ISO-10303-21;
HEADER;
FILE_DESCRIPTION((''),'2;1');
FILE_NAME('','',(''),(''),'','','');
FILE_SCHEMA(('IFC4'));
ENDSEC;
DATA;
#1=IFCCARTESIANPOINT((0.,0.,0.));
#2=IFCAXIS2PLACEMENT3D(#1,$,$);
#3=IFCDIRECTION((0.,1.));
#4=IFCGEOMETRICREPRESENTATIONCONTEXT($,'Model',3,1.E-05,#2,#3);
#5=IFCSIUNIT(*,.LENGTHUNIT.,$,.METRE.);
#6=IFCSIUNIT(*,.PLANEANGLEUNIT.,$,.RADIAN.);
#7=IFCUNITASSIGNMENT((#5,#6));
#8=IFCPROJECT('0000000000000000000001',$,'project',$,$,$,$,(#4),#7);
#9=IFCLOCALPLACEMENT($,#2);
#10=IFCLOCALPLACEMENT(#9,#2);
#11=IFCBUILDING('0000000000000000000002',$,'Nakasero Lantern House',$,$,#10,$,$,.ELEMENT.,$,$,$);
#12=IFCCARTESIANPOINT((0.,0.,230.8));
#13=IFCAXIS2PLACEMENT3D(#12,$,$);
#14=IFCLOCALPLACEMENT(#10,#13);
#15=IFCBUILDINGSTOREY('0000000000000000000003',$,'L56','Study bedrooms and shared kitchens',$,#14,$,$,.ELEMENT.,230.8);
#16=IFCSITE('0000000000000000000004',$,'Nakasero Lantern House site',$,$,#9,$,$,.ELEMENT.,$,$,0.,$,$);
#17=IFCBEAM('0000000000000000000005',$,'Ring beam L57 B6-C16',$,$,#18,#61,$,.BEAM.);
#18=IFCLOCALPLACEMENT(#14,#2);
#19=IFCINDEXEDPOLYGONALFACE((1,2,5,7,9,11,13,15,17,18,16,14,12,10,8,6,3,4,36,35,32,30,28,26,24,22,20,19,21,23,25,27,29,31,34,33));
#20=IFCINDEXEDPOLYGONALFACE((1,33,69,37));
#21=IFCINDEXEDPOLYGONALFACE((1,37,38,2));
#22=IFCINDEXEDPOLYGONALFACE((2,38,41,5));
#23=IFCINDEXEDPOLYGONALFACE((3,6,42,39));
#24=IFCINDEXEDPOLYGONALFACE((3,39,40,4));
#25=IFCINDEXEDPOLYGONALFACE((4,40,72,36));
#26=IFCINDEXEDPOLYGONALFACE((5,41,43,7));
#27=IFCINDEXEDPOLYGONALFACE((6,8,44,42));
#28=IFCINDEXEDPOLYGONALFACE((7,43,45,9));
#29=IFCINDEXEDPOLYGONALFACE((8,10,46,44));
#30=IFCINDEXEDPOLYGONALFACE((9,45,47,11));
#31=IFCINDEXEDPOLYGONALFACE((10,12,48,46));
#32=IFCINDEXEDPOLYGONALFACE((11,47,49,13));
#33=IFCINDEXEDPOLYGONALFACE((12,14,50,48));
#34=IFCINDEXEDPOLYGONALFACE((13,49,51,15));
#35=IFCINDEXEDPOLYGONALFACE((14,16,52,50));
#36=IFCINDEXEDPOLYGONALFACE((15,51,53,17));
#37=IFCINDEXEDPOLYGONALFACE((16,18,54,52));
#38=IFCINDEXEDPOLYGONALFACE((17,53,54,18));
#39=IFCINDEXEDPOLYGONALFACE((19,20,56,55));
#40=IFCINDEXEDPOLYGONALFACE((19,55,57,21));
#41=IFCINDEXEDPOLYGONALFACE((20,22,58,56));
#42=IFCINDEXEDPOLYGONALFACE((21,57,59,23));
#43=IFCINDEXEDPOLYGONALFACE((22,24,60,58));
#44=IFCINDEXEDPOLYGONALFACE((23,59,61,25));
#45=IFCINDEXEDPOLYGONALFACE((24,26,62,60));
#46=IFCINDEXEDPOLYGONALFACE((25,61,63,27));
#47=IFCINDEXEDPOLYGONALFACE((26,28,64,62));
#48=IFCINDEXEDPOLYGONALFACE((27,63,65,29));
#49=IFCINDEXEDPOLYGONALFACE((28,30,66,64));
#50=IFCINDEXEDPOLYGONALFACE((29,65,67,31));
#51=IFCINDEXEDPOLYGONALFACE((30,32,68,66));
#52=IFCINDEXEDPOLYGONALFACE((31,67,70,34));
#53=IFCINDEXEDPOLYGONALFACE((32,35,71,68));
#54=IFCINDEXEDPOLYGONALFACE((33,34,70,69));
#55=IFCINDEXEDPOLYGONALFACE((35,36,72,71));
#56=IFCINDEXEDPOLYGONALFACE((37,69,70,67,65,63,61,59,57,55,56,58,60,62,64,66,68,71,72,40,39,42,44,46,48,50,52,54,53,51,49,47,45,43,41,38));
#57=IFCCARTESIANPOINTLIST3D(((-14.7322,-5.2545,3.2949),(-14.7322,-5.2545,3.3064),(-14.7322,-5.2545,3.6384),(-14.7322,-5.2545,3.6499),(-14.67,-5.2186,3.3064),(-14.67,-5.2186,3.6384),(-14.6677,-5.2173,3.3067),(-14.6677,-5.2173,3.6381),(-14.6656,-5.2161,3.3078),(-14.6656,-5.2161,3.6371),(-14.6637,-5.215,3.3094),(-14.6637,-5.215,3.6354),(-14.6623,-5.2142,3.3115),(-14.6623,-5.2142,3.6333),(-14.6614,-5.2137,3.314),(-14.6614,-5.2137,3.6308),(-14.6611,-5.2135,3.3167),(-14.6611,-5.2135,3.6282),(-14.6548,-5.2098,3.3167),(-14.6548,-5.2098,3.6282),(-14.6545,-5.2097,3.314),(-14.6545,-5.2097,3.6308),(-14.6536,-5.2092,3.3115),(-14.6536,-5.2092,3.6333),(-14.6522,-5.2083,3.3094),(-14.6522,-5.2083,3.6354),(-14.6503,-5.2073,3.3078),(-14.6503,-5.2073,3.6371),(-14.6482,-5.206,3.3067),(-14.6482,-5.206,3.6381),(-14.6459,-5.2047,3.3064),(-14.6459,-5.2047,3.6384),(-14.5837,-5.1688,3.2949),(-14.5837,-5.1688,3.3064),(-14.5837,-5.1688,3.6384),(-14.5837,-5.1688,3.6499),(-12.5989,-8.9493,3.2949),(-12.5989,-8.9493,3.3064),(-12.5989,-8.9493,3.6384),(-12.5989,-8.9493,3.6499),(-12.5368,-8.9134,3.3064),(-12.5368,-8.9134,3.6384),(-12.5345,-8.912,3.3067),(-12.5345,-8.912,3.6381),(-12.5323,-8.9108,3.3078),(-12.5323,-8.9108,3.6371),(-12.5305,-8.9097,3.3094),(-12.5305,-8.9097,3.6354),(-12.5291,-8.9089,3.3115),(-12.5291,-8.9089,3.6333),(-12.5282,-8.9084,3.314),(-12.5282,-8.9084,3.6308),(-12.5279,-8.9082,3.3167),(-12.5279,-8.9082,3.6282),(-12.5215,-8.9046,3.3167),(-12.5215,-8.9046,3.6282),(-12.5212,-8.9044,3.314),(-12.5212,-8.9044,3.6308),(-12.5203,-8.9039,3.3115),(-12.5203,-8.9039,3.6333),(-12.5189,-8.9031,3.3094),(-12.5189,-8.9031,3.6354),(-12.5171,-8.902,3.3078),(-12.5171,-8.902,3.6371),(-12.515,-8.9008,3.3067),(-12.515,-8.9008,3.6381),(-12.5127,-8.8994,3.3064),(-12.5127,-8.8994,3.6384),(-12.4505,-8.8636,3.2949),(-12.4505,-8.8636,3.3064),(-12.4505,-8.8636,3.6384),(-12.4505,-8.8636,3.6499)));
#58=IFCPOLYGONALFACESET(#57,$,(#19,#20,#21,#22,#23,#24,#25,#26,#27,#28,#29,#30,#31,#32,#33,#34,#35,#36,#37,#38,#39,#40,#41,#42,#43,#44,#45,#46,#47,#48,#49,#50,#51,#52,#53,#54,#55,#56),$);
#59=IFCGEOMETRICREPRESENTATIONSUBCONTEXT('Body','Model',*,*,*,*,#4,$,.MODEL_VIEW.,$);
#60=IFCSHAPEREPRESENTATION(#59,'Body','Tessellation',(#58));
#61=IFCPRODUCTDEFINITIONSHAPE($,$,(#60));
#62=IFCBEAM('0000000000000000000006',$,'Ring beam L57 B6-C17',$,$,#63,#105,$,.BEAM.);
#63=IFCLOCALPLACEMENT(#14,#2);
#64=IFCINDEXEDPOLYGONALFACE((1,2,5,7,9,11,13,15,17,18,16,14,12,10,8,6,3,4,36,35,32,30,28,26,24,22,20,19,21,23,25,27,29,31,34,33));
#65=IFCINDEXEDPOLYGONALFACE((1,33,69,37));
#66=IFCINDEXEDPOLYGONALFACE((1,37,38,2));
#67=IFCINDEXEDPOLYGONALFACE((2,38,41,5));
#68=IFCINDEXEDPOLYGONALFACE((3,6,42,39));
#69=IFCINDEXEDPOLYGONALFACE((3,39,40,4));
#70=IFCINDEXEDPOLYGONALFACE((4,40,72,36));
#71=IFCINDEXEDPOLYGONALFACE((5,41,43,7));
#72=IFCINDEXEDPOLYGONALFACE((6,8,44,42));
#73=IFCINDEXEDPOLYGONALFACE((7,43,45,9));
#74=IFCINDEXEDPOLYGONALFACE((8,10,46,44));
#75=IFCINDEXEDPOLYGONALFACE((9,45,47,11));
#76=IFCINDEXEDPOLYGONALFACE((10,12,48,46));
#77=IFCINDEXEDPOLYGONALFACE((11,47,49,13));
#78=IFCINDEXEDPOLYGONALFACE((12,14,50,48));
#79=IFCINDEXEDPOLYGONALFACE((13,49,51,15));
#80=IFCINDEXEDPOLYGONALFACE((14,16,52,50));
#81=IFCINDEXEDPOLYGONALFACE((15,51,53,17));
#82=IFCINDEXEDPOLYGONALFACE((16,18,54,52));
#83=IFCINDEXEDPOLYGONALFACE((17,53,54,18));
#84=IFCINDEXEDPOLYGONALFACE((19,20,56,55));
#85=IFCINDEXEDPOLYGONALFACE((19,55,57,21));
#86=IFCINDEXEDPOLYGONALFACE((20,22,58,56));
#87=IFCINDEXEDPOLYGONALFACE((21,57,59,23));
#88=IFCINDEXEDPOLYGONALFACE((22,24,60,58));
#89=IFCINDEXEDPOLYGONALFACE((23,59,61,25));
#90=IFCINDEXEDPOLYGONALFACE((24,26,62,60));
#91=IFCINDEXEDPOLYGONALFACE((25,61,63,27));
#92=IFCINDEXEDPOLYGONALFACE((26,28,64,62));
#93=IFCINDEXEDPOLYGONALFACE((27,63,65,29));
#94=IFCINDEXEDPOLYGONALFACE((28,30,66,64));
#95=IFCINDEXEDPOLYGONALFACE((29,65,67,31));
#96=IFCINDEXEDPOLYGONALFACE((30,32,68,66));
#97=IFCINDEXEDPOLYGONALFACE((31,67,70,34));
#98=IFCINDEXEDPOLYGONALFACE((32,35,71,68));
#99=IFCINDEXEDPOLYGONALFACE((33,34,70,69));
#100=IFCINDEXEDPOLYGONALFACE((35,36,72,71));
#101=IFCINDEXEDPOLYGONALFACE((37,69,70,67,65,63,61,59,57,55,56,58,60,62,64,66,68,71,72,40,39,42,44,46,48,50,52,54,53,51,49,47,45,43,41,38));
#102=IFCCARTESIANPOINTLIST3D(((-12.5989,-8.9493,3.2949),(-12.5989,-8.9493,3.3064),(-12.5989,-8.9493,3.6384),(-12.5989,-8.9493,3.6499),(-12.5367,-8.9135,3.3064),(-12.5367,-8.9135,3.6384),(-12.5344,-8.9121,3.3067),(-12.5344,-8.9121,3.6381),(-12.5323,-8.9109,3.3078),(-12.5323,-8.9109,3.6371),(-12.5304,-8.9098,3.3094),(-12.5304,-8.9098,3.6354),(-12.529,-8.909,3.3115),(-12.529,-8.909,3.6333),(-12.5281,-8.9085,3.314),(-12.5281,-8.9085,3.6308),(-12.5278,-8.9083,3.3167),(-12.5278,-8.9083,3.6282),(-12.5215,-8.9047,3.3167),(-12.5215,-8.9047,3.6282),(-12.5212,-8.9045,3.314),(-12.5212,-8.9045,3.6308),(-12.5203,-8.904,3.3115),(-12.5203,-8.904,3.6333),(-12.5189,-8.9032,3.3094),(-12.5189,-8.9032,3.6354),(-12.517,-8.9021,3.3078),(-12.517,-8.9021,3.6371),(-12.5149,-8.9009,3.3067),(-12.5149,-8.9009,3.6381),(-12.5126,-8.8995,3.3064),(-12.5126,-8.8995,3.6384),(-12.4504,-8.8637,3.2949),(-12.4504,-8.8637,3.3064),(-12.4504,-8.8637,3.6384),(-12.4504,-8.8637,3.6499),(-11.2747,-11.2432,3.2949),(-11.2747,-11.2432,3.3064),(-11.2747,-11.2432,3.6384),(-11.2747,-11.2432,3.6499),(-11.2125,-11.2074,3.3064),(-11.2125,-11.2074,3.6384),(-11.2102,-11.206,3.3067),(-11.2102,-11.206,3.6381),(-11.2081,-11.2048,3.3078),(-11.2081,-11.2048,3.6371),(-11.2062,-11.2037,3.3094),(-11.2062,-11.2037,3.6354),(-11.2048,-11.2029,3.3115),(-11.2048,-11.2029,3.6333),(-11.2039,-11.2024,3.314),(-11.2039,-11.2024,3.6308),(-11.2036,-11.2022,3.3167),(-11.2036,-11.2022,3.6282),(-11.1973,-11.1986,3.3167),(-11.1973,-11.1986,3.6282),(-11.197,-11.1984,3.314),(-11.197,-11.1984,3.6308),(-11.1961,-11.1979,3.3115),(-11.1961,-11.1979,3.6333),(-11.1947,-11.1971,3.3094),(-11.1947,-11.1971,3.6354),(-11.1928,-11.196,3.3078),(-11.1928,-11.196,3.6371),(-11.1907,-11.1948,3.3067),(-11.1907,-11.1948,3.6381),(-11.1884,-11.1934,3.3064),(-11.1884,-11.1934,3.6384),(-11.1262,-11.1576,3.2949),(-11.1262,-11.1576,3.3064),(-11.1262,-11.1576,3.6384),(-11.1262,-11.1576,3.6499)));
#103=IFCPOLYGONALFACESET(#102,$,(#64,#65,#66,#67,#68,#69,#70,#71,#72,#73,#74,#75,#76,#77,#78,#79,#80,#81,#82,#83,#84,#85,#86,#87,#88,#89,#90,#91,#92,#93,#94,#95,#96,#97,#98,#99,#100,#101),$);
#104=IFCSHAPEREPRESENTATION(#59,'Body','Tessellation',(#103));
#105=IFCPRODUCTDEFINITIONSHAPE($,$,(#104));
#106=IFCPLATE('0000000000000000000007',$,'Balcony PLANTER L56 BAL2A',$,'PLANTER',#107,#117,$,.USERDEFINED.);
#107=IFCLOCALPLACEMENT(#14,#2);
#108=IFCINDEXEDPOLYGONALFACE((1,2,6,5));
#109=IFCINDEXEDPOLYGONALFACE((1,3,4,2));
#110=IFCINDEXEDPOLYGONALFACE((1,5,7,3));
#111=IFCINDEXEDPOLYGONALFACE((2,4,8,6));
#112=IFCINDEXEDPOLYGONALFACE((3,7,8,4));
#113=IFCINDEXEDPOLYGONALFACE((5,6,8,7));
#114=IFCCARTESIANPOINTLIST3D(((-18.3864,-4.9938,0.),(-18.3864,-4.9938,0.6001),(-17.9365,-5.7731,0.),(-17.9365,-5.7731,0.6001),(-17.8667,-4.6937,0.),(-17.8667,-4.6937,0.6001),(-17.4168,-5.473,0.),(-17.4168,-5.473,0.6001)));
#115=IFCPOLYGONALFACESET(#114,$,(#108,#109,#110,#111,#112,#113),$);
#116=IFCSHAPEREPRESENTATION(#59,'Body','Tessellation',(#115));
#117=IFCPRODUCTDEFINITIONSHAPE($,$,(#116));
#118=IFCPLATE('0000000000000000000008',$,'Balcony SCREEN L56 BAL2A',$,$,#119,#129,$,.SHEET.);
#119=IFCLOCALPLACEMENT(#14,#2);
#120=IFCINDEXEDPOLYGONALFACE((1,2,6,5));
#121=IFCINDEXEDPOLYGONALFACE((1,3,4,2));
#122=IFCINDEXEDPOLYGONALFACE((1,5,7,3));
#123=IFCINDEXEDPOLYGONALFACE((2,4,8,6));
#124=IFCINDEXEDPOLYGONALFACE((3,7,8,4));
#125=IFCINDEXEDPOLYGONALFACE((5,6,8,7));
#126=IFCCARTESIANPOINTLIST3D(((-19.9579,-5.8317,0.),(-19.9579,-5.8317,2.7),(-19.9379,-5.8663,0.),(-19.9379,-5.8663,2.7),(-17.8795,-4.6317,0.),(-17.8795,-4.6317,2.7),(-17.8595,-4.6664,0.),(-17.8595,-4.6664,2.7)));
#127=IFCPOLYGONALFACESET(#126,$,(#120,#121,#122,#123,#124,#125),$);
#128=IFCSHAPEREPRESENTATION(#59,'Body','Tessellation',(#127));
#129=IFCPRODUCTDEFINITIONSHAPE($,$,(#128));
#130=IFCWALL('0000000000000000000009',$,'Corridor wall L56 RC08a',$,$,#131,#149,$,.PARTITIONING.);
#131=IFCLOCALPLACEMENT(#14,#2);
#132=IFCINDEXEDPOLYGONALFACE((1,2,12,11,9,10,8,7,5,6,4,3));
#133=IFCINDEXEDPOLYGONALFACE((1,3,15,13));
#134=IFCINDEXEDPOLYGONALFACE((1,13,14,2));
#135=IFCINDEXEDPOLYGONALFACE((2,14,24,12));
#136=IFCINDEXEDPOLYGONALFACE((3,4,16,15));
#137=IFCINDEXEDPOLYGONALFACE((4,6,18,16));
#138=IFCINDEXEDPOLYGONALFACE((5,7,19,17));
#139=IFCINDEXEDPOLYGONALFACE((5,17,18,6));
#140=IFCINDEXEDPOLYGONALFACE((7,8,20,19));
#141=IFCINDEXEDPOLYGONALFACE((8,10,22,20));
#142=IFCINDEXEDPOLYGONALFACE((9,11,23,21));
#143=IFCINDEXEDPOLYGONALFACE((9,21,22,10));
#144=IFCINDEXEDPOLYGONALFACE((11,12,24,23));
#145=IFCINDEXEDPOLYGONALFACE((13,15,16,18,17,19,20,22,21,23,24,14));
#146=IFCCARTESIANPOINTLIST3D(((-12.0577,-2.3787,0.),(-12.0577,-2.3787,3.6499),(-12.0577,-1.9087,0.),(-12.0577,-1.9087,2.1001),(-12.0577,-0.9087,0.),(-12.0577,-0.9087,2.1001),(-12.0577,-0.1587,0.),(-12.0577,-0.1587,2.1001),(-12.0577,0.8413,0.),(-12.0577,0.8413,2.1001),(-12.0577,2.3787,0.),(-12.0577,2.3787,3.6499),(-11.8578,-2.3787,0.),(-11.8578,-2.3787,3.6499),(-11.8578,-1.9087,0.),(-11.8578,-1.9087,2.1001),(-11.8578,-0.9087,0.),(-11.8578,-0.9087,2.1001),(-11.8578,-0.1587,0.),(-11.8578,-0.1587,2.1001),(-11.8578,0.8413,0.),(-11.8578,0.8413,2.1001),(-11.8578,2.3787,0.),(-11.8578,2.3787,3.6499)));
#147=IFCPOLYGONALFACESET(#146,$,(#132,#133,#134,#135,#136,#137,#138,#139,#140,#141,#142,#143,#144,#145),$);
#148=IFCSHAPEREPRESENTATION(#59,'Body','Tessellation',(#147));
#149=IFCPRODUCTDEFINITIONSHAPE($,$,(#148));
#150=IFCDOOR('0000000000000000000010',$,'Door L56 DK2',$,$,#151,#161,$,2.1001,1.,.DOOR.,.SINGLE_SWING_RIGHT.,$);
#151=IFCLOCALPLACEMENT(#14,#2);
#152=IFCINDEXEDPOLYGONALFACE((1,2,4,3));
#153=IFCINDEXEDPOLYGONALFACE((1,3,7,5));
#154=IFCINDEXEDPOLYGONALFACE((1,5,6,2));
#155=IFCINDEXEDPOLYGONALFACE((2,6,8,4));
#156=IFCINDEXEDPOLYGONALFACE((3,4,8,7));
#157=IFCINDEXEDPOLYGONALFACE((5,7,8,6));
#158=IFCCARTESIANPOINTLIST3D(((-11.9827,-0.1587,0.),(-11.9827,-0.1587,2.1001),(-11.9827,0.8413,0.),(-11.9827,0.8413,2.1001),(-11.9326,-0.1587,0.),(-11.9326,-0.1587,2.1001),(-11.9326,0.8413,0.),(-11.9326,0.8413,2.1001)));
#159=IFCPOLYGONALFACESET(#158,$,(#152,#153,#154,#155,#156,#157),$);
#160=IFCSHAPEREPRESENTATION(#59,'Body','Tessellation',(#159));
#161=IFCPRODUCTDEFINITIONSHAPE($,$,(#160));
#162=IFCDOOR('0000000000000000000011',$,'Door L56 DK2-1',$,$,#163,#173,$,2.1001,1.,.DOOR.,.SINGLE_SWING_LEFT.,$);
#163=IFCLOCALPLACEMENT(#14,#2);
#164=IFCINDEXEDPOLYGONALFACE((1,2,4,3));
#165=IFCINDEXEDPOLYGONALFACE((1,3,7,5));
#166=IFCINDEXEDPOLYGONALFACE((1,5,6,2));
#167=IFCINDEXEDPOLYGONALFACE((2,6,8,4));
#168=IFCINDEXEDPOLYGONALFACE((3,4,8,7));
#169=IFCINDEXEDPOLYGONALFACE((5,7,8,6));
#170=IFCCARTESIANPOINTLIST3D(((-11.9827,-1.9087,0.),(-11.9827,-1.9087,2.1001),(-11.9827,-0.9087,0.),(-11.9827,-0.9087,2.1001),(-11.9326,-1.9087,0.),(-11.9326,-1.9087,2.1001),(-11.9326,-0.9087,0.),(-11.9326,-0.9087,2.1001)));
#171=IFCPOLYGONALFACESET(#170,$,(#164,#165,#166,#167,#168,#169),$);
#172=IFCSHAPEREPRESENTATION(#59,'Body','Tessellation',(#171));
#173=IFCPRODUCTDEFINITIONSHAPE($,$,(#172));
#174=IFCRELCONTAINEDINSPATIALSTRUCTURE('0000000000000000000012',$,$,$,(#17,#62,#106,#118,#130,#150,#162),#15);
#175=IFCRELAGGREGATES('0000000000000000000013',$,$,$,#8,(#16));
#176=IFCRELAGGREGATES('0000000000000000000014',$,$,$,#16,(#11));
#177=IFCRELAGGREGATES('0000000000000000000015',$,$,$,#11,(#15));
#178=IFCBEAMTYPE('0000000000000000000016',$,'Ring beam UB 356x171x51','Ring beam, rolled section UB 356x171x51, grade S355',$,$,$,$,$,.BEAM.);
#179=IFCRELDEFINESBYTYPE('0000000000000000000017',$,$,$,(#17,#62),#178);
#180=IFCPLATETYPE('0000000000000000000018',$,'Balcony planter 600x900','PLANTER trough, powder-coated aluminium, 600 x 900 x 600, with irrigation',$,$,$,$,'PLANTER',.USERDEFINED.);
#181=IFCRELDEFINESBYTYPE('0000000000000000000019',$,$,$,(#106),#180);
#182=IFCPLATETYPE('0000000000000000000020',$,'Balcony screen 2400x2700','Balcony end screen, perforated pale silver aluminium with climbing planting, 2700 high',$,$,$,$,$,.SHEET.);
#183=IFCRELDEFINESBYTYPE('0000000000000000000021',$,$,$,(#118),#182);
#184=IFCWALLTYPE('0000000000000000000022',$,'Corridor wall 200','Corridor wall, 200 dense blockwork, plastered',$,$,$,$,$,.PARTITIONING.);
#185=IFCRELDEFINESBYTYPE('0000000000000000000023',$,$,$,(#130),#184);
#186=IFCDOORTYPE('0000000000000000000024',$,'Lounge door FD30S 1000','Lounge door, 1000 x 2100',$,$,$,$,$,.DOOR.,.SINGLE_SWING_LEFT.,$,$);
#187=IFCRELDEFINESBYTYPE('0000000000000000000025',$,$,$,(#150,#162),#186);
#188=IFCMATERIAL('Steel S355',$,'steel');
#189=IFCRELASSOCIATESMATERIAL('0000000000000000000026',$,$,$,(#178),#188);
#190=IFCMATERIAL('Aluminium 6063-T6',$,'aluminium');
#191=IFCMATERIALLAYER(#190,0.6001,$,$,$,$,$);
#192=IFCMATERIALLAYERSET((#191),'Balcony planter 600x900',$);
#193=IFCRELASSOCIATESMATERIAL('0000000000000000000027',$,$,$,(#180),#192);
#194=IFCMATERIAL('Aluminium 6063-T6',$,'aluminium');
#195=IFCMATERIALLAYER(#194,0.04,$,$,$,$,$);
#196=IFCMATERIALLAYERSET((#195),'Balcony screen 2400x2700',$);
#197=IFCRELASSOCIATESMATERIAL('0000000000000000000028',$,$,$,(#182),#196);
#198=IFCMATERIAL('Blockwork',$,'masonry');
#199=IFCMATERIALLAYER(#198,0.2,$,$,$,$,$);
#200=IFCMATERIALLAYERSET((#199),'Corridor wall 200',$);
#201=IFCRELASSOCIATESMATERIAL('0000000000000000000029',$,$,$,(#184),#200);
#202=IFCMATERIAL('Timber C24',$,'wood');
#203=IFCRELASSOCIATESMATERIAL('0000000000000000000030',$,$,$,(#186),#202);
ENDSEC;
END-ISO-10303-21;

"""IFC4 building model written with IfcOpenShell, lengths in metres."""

from ifc_helpers import new_model, si_unit, direction, frame, frame_2d, origin, origin_2d, place, context, subcontext, project, spatial, rectangle, i_section, extrude, material, layer, layer_set, material_profile, profile_set, type_object, element, fill, save


model = new_model("IFC4")

# Units and contexts
model_context = context("Model", 3, precision=1e-05, world=origin(), true_north=direction((0.0, 1.0)))
body_context = subcontext(model_context, "Body", "Model", "MODEL_VIEW")
ifc_project = project(units=[si_unit("LENGTHUNIT", "METRE"), si_unit("PLANEANGLEUNIT", "RADIAN")], contexts=[model_context])

# Site, building, storey
site_placement = place(None, origin())
site = spatial("IfcSite", under=ifc_project, at=site_placement, Name="Nakasero Lantern House site", CompositionType="ELEMENT", RefElevation=0.0)
building_placement = place(site_placement, origin())
building = spatial("IfcBuilding", under=site, at=building_placement, Name="Nakasero Lantern House", CompositionType="ELEMENT")
storey_placement = place(building_placement, frame((0.0, 0.0, 230.8)))
storey = spatial("IfcBuildingStorey", under=building, at=storey_placement, Name="L56", Description="Study bedrooms and shared kitchens", CompositionType="ELEMENT", Elevation=230.8)

# Beams
ifc_material_1 = material(Name="Steel S355", Category="steel")
ifc_material_profile_1 = material_profile(ifc_material_1, i_section(OverallWidth=0.1714, OverallDepth=0.355, WebThickness=0.0073, FlangeThickness=0.0115, FilletRadius=0.0103, at=origin_2d()), Name="UB 356x171x51")
ifc_profile_set_1 = profile_set([ifc_material_profile_1], Name="Steel S355")
beam_type_1 = type_object("IfcBeamType", Name="Ring beam UB 356x171x51", Description="Ring beam, rolled section UB 356x171x51, grade S355", PredefinedType="BEAM", material=ifc_profile_set_1)
beam_1_placement = place(storey_placement, frame((-14.658, -5.2117, 3.4724), z_axis=(0.500016, -0.866016, 0.0), x_axis=(0.866016, 0.500016, 0.0)))
element("IfcBeam", 1, at=beam_1_placement, inside=storey, type_object=beam_type_1, Name="Ring beam L57 B6-C16", PredefinedType="BEAM", context=body_context, shape_type="SweptSolid", body=[
    extrude(i_section(OverallWidth=0.1714, OverallDepth=0.355, WebThickness=0.0073, FlangeThickness=0.0115, FilletRadius=0.0103, at=origin_2d()), origin(), (0.0, 0.0, 1.0), 4.2664),
])
beam_2_placement = place(storey_placement, frame((-12.5247, -8.9065, 3.4724), z_axis=(0.499946, -0.866057, 0.0), x_axis=(0.866057, 0.499946, 0.0)))
element("IfcBeam", 2, at=beam_2_placement, inside=storey, type_object=beam_type_1, Name="Ring beam L57 B6-C17", PredefinedType="BEAM", context=body_context, shape_type="SweptSolid", body=[
    extrude(i_section(OverallWidth=0.1714, OverallDepth=0.355, WebThickness=0.0073, FlangeThickness=0.0115, FilletRadius=0.0103, at=origin_2d()), origin(), (0.0, 0.0, 1.0), 2.6487),
])

# Plates
ifc_material_2 = material(Name="Aluminium 6063-T6", Category="aluminium")
ifc_layer_1 = layer(ifc_material_2, 0.6001)
ifc_layer_set_1 = layer_set([ifc_layer_1], Name="Balcony planter 600x900")
plate_type_1 = type_object("IfcPlateType", Name="Balcony planter 600x900", Description="PLANTER trough, powder-coated aluminium, 600 x 900 x 600, with irrigation", ElementType="PLANTER", PredefinedType="USERDEFINED", material=ifc_layer_set_1)
plate_1_placement = place(storey_placement, frame((-17.9016, -5.2334, 0.0), z_axis=(0.0, 0.0, 1.0), x_axis=(-0.866025, -0.5, 0.0)))
element("IfcPlate", 3, at=plate_1_placement, inside=storey, type_object=plate_type_1, Name="Balcony PLANTER L56 BAL2A", ObjectType="PLANTER", PredefinedType="USERDEFINED", context=body_context, shape_type="SweptSolid", body=[
    extrude(rectangle(XDim=0.6001, YDim=0.8999, at=origin_2d()), origin(), (0.0, 0.0, 1.0), 0.6001),
])
ifc_material_3 = material(Name="Aluminium 6063-T6", Category="aluminium")
ifc_layer_2 = layer(ifc_material_3, 0.04)
ifc_layer_set_2 = layer_set([ifc_layer_2], Name="Balcony screen 2400x2700")
plate_type_2 = type_object("IfcPlateType", Name="Balcony screen 2400x2700", Description="Balcony end screen, perforated pale silver aluminium with climbing planting, 2700 high", PredefinedType="SHEET", material=ifc_layer_set_2)
plate_2_placement = place(storey_placement, frame((-18.9087, -5.249, 0.0), z_axis=(0.0, 0.0, 1.0), x_axis=(-0.866025, -0.5, 0.0)))
element("IfcPlate", 4, at=plate_2_placement, inside=storey, type_object=plate_type_2, Name="Balcony SCREEN L56 BAL2A", PredefinedType="SHEET", context=body_context, shape_type="SweptSolid", body=[
    extrude(rectangle(XDim=2.3999, YDim=0.04, at=origin_2d()), origin(), (0.0, 0.0, 1.0), 2.7),
])

# Wall, openings, doors
ifc_material_4 = material(Name="Blockwork", Category="masonry")
ifc_layer_3 = layer(ifc_material_4, 0.2)
ifc_layer_set_3 = layer_set([ifc_layer_3], Name="Corridor wall 200")
wall_type_1 = type_object("IfcWallType", Name="Corridor wall 200", Description="Corridor wall, 200 dense blockwork, plastered", PredefinedType="PARTITIONING", material=ifc_layer_set_3)
wall_1_placement = place(storey_placement, frame((-11.9578, -2.3787, 0.0), z_axis=(0.0, 0.0, 1.0), x_axis=(0.0, 1.0, 0.0)))
wall_1 = element("IfcWall", 5, at=wall_1_placement, inside=storey, type_object=wall_type_1, Name="Corridor wall L56 RC08a", PredefinedType="PARTITIONING", context=body_context, shape_type="SweptSolid", body=[
    extrude(rectangle(XDim=4.7573, YDim=0.2, at=frame_2d((2.3787, 0.0))), origin(), (0.0, 0.0, 1.0), 3.6499),
])
opening_1_placement = place(wall_1_placement, frame((2.22, 0.0, 0.0)))
opening_1 = element("IfcOpeningElement", 6, at=opening_1_placement, cuts=wall_1, PredefinedType="OPENING", context=body_context, shape_type="SweptSolid", body=[
    extrude(rectangle(XDim=1.0, YDim=2.1001, at=frame_2d((0.5, 1.05))), frame((0.0, 0.1199, 0.0), z_axis=(0.0, -1.0, 0.0), x_axis=(1.0, 0.0, 0.0)), (0.0, 0.0, 1.0), 0.24),
])
opening_2_placement = place(wall_1_placement, frame((0.47, 0.0, 0.0)))
opening_2 = element("IfcOpeningElement", 7, at=opening_2_placement, cuts=wall_1, PredefinedType="OPENING", context=body_context, shape_type="SweptSolid", body=[
    extrude(rectangle(XDim=1.0, YDim=2.1001, at=frame_2d((0.5, 1.05))), frame((0.0, 0.1199, 0.0), z_axis=(0.0, -1.0, 0.0), x_axis=(1.0, 0.0, 0.0)), (0.0, 0.0, 1.0), 0.24),
])
ifc_material_5 = material(Name="Timber C24", Category="wood")
door_type = type_object("IfcDoorType", Name="Lounge door FD30S 1000", Description="Lounge door, 1000 x 2100", OperationType="SINGLE_SWING_LEFT", PredefinedType="DOOR", material=ifc_material_5)
door_1_placement = place(opening_1_placement, origin())
door_1 = element("IfcDoor", 8, at=door_1_placement, inside=storey, type_object=door_type, Name="Door L56 DK2", OperationType="SINGLE_SWING_RIGHT", OverallHeight=2.1001, OverallWidth=1.0, PredefinedType="DOOR", context=body_context, shape_type="SweptSolid", body=[
    extrude(rectangle(XDim=1.0, YDim=2.1001, at=frame_2d((0.5, 1.05))), frame((0.0, 0.0249, 0.0), z_axis=(0.0, -1.0, 0.0), x_axis=(1.0, 0.0, 0.0)), (0.0, 0.0, 1.0), 0.05),
])
fill(opening_1, door_1)
door_2_placement = place(opening_2_placement, origin())
door_2 = element("IfcDoor", 9, at=door_2_placement, inside=storey, type_object=door_type, Name="Door L56 DK2-1", OperationType="SINGLE_SWING_LEFT", OverallHeight=2.1001, OverallWidth=1.0, PredefinedType="DOOR", context=body_context, shape_type="SweptSolid", body=[
    extrude(rectangle(XDim=1.0, YDim=2.1001, at=frame_2d((0.5, 1.05))), frame((0.0, 0.0249, 0.0), z_axis=(0.0, -1.0, 0.0), x_axis=(1.0, 0.0, 0.0)), (0.0, 0.0, 1.0), 0.05),
])
fill(opening_2, door_2)

save(model, "model.ifc")
